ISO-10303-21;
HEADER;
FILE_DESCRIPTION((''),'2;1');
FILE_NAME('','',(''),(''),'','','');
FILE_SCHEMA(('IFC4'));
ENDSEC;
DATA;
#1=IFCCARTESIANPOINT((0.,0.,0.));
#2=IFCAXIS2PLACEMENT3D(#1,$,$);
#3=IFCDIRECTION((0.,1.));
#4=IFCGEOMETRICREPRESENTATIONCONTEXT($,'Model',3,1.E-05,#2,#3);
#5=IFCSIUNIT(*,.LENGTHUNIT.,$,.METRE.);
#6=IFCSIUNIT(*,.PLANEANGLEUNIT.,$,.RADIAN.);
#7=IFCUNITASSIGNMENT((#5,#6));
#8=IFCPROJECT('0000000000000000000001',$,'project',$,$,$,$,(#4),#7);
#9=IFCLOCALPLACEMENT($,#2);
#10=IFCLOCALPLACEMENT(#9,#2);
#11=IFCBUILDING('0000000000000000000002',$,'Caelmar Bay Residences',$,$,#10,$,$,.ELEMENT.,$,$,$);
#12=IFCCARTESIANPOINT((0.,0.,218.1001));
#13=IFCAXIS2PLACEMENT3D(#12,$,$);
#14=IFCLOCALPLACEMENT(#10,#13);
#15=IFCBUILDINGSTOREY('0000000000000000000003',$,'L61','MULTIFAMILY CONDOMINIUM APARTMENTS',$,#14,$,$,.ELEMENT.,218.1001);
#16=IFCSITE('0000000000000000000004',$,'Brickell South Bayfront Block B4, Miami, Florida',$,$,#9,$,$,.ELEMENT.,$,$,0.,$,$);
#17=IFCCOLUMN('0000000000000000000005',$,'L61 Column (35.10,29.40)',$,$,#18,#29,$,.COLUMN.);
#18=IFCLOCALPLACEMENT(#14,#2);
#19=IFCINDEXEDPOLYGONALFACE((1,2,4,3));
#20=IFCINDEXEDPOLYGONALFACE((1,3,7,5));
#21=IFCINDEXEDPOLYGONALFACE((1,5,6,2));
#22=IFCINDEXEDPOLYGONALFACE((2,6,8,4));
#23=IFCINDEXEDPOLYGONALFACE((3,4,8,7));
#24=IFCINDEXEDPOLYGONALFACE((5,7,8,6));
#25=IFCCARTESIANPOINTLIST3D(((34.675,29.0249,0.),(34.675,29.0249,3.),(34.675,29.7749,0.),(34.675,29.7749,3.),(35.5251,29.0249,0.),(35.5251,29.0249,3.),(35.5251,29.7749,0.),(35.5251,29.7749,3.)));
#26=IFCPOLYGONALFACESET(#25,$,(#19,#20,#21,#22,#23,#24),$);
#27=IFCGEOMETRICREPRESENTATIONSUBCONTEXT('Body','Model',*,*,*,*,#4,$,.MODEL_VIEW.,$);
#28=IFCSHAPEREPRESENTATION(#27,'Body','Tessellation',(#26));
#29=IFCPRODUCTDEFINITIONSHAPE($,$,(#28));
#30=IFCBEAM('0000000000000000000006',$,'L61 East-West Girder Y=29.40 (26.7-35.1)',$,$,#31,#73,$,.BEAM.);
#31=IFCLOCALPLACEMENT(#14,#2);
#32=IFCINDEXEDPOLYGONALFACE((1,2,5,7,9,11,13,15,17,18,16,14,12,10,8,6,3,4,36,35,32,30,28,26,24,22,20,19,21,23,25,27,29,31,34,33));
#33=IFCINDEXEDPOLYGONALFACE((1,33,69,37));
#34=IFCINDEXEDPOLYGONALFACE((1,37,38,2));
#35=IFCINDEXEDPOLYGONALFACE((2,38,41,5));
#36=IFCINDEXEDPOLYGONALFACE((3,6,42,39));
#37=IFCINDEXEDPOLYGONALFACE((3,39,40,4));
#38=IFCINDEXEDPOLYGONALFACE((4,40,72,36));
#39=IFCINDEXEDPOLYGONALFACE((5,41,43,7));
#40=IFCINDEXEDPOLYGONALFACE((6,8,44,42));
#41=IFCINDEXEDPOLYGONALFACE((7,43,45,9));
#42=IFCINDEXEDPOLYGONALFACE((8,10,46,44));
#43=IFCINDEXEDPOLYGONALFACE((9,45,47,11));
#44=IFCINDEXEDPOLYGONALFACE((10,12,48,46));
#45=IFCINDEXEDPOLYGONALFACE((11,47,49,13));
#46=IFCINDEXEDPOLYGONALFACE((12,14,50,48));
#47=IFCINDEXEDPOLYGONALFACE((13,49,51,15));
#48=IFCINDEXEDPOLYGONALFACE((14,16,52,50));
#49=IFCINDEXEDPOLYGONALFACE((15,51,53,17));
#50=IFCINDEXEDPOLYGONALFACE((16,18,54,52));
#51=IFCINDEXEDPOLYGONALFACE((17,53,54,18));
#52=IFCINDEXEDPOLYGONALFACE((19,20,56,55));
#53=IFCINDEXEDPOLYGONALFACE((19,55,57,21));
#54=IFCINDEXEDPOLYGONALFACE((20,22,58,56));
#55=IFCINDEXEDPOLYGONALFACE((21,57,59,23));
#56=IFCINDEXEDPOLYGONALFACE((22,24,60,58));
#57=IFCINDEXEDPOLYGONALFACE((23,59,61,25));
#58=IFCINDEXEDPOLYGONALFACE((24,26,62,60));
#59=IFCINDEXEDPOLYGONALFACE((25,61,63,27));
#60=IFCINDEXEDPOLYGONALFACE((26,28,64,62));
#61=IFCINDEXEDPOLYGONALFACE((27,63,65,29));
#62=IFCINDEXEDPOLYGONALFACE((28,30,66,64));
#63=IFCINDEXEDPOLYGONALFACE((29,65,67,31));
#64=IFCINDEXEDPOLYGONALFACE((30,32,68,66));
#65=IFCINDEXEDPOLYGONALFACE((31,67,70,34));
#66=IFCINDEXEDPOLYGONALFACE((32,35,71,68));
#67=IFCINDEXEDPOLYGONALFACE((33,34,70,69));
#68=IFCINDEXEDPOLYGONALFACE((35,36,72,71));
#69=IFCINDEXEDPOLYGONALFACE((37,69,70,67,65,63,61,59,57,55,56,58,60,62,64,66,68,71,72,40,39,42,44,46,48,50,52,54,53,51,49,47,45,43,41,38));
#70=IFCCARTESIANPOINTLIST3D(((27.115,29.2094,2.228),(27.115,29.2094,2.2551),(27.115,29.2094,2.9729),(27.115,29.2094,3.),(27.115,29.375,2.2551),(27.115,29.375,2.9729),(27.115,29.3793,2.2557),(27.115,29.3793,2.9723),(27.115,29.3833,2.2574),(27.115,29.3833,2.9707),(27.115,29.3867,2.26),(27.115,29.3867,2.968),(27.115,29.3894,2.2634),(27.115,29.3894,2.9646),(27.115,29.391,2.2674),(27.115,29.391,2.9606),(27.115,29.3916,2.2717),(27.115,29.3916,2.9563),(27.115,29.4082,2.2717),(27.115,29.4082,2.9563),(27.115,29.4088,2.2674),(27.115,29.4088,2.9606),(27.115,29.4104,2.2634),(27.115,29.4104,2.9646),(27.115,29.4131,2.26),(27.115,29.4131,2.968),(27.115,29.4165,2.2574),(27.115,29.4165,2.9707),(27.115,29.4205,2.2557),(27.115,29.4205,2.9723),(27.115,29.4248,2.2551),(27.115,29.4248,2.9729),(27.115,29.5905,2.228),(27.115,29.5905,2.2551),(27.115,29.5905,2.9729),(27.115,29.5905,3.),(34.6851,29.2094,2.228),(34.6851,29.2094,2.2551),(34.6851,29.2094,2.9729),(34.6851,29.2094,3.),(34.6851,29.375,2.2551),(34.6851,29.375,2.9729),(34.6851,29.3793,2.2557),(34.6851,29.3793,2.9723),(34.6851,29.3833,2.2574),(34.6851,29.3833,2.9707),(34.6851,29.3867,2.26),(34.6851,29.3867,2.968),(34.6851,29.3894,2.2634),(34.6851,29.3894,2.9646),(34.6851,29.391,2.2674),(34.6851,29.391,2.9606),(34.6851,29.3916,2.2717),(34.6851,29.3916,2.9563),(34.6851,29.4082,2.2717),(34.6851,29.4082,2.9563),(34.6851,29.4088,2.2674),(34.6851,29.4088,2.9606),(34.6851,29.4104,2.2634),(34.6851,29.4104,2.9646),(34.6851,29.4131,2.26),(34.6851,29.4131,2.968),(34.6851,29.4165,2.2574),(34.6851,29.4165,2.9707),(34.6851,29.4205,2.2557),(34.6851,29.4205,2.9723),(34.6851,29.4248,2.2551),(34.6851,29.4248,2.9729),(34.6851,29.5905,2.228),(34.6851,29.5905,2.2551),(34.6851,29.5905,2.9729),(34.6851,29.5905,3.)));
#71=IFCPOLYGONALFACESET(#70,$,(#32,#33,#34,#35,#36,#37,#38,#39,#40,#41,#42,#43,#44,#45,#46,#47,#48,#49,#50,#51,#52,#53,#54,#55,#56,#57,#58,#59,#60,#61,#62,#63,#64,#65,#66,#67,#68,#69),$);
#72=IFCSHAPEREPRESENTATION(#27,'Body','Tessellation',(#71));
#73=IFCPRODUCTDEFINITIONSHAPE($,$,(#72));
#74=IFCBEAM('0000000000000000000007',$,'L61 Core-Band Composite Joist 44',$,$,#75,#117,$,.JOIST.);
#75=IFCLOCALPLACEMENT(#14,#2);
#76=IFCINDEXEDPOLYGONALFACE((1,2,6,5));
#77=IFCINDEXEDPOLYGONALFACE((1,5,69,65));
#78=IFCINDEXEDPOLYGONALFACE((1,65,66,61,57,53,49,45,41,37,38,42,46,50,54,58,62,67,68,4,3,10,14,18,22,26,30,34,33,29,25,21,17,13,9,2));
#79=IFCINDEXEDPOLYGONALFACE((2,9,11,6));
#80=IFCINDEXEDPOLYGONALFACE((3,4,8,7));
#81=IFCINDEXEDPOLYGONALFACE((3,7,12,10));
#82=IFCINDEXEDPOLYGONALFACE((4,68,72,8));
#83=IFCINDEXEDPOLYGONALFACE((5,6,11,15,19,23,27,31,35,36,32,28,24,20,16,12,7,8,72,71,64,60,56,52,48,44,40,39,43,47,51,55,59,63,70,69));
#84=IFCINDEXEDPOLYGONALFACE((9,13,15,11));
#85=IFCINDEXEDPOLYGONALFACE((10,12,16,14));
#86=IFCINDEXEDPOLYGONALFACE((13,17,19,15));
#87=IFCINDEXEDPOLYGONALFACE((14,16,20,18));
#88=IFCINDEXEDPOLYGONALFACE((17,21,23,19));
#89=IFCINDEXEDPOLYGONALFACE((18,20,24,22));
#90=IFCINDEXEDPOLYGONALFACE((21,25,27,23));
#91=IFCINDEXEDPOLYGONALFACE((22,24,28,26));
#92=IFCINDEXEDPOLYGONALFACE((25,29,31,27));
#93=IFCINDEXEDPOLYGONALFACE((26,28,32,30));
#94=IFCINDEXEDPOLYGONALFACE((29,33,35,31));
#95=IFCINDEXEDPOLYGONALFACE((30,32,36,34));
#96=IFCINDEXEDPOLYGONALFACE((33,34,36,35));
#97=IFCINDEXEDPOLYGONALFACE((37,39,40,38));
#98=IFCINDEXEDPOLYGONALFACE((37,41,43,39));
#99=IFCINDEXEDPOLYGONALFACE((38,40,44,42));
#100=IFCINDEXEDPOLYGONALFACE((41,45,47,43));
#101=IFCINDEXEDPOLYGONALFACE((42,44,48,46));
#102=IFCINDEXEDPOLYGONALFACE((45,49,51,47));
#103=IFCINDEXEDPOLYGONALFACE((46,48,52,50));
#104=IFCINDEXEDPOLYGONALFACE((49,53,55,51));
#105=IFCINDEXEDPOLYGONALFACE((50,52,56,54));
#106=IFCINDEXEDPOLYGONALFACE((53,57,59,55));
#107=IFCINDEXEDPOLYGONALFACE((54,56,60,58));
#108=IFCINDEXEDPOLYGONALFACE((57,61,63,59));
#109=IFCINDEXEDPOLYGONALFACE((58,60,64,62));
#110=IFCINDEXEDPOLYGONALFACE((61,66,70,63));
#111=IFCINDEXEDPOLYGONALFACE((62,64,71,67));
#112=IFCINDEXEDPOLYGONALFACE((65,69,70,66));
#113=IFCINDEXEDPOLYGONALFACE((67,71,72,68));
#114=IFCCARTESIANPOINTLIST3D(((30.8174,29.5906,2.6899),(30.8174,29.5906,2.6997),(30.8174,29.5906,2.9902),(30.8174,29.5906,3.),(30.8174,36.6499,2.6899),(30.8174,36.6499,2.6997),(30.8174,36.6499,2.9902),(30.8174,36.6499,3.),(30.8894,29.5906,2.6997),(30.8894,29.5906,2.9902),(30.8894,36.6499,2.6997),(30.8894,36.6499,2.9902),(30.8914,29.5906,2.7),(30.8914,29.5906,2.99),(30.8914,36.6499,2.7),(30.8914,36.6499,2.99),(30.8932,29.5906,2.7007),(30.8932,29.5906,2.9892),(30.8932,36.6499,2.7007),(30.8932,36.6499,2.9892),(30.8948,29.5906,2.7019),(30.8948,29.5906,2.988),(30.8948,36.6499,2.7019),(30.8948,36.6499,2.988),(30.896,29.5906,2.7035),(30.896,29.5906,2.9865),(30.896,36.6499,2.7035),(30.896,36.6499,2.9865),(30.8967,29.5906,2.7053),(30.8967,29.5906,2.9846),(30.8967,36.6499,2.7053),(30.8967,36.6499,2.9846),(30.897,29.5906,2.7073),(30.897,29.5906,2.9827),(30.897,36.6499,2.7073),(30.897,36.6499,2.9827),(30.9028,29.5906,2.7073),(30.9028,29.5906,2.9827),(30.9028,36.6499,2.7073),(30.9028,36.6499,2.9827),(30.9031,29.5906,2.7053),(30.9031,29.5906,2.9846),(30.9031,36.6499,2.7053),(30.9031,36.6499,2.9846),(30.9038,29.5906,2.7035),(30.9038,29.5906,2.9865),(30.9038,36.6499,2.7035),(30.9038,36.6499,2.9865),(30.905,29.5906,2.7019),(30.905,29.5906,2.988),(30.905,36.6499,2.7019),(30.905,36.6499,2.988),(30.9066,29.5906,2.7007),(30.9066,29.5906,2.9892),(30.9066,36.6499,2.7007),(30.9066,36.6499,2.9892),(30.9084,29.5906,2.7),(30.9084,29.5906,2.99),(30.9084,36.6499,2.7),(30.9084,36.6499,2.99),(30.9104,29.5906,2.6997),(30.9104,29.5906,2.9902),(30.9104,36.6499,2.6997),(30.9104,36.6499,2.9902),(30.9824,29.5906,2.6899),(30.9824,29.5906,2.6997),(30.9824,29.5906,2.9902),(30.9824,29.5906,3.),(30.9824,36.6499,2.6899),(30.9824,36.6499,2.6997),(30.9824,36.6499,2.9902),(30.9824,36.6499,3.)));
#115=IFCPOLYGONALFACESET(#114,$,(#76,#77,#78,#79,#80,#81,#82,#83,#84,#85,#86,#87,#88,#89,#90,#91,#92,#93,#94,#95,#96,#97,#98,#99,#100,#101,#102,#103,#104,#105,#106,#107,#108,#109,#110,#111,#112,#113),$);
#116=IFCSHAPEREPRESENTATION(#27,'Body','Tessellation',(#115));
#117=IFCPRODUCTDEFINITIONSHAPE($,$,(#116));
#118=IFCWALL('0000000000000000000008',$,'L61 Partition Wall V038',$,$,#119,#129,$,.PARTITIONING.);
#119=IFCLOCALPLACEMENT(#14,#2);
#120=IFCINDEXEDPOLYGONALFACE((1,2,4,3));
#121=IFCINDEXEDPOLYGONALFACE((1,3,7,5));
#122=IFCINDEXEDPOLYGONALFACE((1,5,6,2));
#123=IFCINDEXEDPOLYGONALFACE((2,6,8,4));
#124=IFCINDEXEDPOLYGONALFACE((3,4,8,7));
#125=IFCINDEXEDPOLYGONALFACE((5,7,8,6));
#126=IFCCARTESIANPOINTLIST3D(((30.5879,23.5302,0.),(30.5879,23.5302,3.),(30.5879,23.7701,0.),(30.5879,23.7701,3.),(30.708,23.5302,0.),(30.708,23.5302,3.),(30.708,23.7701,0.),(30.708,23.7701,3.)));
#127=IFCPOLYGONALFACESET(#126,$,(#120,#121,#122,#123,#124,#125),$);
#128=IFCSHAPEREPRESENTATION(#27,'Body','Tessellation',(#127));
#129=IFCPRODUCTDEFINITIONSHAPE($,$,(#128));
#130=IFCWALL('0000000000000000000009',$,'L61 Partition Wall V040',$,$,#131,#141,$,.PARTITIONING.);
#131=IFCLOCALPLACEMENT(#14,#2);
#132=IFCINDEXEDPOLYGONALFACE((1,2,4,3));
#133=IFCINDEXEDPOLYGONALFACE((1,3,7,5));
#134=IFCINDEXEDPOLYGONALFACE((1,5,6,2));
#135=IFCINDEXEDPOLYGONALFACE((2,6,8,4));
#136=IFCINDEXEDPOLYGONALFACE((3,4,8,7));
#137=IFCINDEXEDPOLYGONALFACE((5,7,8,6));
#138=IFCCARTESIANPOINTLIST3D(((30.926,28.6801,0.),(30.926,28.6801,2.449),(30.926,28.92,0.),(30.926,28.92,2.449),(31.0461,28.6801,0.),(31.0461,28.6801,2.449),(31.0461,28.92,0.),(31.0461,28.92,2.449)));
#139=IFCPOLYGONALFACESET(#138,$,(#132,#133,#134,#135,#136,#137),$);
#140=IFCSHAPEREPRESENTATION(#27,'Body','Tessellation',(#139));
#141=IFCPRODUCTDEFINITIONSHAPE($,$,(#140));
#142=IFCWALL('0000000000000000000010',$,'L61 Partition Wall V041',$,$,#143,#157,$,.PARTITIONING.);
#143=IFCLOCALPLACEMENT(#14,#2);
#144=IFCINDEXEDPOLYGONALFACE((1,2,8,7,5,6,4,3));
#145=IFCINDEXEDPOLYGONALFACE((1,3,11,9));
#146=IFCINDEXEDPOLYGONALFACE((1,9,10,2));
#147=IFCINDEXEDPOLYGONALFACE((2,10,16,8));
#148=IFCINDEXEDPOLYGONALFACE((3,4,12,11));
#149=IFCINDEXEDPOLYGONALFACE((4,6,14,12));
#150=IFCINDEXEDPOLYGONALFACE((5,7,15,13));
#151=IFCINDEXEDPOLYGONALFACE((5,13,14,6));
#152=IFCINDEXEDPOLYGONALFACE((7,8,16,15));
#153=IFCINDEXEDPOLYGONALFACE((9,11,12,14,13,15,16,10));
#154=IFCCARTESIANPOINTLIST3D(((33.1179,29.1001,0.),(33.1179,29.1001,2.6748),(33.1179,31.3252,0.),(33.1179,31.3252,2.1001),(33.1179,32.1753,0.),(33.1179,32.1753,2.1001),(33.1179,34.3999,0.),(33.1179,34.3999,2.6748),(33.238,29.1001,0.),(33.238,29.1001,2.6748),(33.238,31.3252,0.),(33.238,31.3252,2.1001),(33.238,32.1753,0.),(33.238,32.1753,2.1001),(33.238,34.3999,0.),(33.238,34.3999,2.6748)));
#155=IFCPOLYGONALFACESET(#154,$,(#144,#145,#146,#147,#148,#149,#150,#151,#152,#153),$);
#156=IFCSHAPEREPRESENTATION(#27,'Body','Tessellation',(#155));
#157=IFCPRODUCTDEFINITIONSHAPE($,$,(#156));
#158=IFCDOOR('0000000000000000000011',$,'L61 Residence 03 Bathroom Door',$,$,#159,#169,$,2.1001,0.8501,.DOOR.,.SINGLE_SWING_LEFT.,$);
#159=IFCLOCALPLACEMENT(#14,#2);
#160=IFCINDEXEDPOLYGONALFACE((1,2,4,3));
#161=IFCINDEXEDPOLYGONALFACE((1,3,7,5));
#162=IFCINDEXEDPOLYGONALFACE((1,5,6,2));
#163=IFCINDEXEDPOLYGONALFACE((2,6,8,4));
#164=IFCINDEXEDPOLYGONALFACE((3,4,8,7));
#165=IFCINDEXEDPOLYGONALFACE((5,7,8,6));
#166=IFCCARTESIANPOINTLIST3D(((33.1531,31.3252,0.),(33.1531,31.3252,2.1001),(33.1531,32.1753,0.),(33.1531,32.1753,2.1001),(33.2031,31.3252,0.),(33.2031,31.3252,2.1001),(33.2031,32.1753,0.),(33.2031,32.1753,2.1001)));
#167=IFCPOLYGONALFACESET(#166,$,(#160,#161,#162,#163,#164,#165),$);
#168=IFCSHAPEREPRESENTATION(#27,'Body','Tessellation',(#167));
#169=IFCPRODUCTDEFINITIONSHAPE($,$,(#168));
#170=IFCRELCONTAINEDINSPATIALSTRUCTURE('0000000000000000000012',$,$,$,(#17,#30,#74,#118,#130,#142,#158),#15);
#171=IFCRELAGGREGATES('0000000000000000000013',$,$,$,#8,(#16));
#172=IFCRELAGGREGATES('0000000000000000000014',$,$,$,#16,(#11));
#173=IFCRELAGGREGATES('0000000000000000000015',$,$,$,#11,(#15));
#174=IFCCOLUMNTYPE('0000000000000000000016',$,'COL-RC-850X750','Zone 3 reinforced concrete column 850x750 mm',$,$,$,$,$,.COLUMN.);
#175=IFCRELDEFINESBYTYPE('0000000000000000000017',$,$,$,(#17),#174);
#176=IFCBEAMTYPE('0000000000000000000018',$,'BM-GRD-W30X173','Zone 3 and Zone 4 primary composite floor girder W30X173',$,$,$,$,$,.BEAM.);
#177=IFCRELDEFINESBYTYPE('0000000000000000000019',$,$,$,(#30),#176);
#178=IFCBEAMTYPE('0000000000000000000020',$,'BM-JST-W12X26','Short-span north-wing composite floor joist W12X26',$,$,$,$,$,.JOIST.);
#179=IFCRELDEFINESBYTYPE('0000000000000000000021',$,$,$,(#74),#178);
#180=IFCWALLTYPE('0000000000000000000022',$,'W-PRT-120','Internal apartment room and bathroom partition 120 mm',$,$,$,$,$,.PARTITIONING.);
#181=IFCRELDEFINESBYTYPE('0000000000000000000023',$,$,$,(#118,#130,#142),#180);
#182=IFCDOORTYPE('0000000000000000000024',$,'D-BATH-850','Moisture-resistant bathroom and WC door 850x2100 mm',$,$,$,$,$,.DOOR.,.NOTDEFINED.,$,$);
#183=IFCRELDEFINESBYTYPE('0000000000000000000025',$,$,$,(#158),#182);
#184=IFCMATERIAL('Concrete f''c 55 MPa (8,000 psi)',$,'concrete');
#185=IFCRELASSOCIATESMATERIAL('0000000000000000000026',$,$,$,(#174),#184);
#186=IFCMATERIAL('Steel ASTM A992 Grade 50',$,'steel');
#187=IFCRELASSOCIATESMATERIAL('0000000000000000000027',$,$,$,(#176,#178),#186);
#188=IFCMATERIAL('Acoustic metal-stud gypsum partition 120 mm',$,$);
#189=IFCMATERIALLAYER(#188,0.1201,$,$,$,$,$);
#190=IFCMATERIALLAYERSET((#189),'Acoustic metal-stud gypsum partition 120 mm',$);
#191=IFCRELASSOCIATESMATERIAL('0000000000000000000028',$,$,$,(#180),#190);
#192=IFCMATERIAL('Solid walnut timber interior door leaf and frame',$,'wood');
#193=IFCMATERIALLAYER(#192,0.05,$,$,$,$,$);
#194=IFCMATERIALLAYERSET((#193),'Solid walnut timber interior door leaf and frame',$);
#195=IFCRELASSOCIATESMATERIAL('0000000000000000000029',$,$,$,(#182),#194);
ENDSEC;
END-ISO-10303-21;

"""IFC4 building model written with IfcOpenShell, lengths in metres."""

from ifc_helpers import new_model, si_unit, direction, frame, frame_2d, origin, origin_2d, place, context, subcontext, project, spatial, rectangle, i_section, extrude, material, layer, layer_set, material_profile, profile_set, type_object, element, fill, save


model = new_model("IFC4")

# Units and contexts
model_context = context("Model", 3, precision=1e-05, world=origin(), true_north=direction((0.0, 1.0)))
body_context = subcontext(model_context, "Body", "Model", "MODEL_VIEW")
ifc_project = project(units=[si_unit("LENGTHUNIT", "METRE"), si_unit("PLANEANGLEUNIT", "RADIAN")], contexts=[model_context])

# Site, building, storey
site_placement = place(None, origin())
site = spatial("IfcSite", under=ifc_project, at=site_placement, Name="Brickell South Bayfront Block B4, Miami, Florida", CompositionType="ELEMENT", RefElevation=0.0)
building_placement = place(site_placement, origin())
building = spatial("IfcBuilding", under=site, at=building_placement, Name="Caelmar Bay Residences", CompositionType="ELEMENT")
storey_placement = place(building_placement, frame((0.0, 0.0, 218.1001)))
storey = spatial("IfcBuildingStorey", under=building, at=storey_placement, Name="L61", Description="MULTIFAMILY CONDOMINIUM APARTMENTS", CompositionType="ELEMENT", Elevation=218.1001)

# Column
ifc_material_1 = material(Name="Concrete f'c 55 MPa (8,000 psi)", Category="concrete")
ifc_material_profile_1 = material_profile(ifc_material_1, rectangle(XDim=0.8501, YDim=0.75, at=origin_2d()), Name="RC-COL-850X750")
ifc_profile_set_1 = profile_set([ifc_material_profile_1], Name="Concrete f'c 55 MPa (8,000 psi)")
column_type = type_object("IfcColumnType", Name="COL-RC-850X750", Description="Zone 3 reinforced concrete column 850x750 mm", PredefinedType="COLUMN", material=ifc_profile_set_1)
column_placement = place(storey_placement, frame((35.1001, 29.3999, 0.0), z_axis=(0.0, 0.0, 1.0), x_axis=(1.0, 0.0, 0.0)))
element("IfcColumn", 1, at=column_placement, inside=storey, type_object=column_type, Name="L61 Column (35.10,29.40)", PredefinedType="COLUMN", context=body_context, shape_type="SweptSolid", body=[
    extrude(rectangle(XDim=0.8501, YDim=0.75, at=origin_2d()), origin(), (0.0, 0.0, 1.0), 3.0),
])

# Beams
ifc_material_2 = material(Name="Steel ASTM A992 Grade 50", Category="steel")
ifc_material_profile_2 = material_profile(ifc_material_2, i_section(OverallWidth=0.3811, OverallDepth=0.772, WebThickness=0.0166, FlangeThickness=0.0271, FilletRadius=0.0166, at=origin_2d()), Name="W30X173")
ifc_profile_set_2 = profile_set([ifc_material_profile_2], Name="Steel ASTM A992 Grade 50")
beam_type_1 = type_object("IfcBeamType", Name="BM-GRD-W30X173", Description="Zone 3 and Zone 4 primary composite floor girder W30X173", PredefinedType="BEAM", material=ifc_profile_set_2)
beam_1_placement = place(storey_placement, frame((27.115, 29.3999, 2.614), z_axis=(1.0, 0.0, 0.0), x_axis=(0.0, 1.0, 0.0)))
element("IfcBeam", 2, at=beam_1_placement, inside=storey, type_object=beam_type_1, Name="L61 East-West Girder Y=29.40 (26.7-35.1)", PredefinedType="BEAM", context=body_context, shape_type="SweptSolid", body=[
    extrude(i_section(OverallWidth=0.3811, OverallDepth=0.772, WebThickness=0.0166, FlangeThickness=0.0271, FilletRadius=0.0166, at=origin_2d()), origin(), (0.0, 0.0, 1.0), 7.5701),
])
ifc_material_profile_3 = material_profile(ifc_material_2, i_section(OverallWidth=0.165, OverallDepth=0.3101, WebThickness=0.0059, FlangeThickness=0.0098, FilletRadius=0.0076, at=origin_2d()), Name="W12X26")
ifc_profile_set_3 = profile_set([ifc_material_profile_3], Name="Steel ASTM A992 Grade 50")
beam_type_2 = type_object("IfcBeamType", Name="BM-JST-W12X26", Description="Short-span north-wing composite floor joist W12X26", PredefinedType="JOIST", material=ifc_profile_set_3)
beam_2_placement = place(storey_placement, frame((30.8999, 29.5906, 2.845), z_axis=(0.0, 1.0, 0.0), x_axis=(-1.0, 0.0, 0.0)))
element("IfcBeam", 3, at=beam_2_placement, inside=storey, type_object=beam_type_2, Name="L61 Core-Band Composite Joist 44", PredefinedType="JOIST", context=body_context, shape_type="SweptSolid", body=[
    extrude(i_section(OverallWidth=0.165, OverallDepth=0.3101, WebThickness=0.0059, FlangeThickness=0.0098, FilletRadius=0.0076, at=origin_2d()), origin(), (0.0, 0.0, 1.0), 7.0593),
])

# Wall
ifc_material_3 = material(Name="Acoustic metal-stud gypsum partition 120 mm")
ifc_layer_1 = layer(ifc_material_3, 0.1201)
ifc_layer_set_1 = layer_set([ifc_layer_1], Name="Acoustic metal-stud gypsum partition 120 mm")
wall_type_1 = type_object("IfcWallType", Name="W-PRT-120", Description="Internal apartment room and bathroom partition 120 mm", PredefinedType="PARTITIONING", material=ifc_layer_set_1)
wall_1_placement = place(storey_placement, frame((30.6479, 23.53, 0.0), z_axis=(0.0, 0.0, 1.0), x_axis=(0.0, 1.0, 0.0)))
element("IfcWall", 4, at=wall_1_placement, inside=storey, type_object=wall_type_1, Name="L61 Partition Wall V038", PredefinedType="PARTITIONING", context=body_context, shape_type="SweptSolid", body=[
    extrude(rectangle(XDim=0.24, YDim=0.1201, at=frame_2d((0.1201, 0.0))), origin(), (0.0, 0.0, 1.0), 3.0),
])

# Shared definitions
ifc_material_4 = material(Name="Solid walnut timber interior door leaf and frame", Category="wood")

# Wall
wall_2_placement = place(storey_placement, frame((30.9861, 28.6799, 0.0), z_axis=(0.0, 0.0, 1.0), x_axis=(0.0, 1.0, 0.0)))
element("IfcWall", 5, at=wall_2_placement, inside=storey, type_object=wall_type_1, Name="L61 Partition Wall V040", PredefinedType="PARTITIONING", context=body_context, shape_type="SweptSolid", body=[
    extrude(rectangle(XDim=0.24, YDim=0.1201, at=frame_2d((0.1201, 0.0))), origin(), (0.0, 0.0, 1.0), 2.449),
])

# Wall, opening, door
wall_3_placement = place(storey_placement, frame((33.178, 29.1001, 0.0), z_axis=(0.0, 0.0, 1.0), x_axis=(0.0, 1.0, 0.0)))
wall_3 = element("IfcWall", 6, at=wall_3_placement, inside=storey, type_object=wall_type_1, Name="L61 Partition Wall V041", PredefinedType="PARTITIONING", context=body_context, shape_type="SweptSolid", body=[
    extrude(rectangle(XDim=5.2998, YDim=0.1201, at=frame_2d((2.6499, 0.0))), origin(), (0.0, 0.0, 1.0), 2.6748),
])
opening_1_placement = place(wall_3_placement, frame((2.2251, 0.0, 0.0)))
opening_1 = element("IfcOpeningElement", 7, at=opening_1_placement, cuts=wall_3, PredefinedType="OPENING", context=body_context, shape_type="SweptSolid", body=[
    extrude(rectangle(XDim=0.8501, YDim=2.1001, at=frame_2d((0.425, 1.05))), frame((0.0, 0.0701, 0.0), z_axis=(0.0, -1.0, 0.0), x_axis=(1.0, 0.0, 0.0)), (0.0, 0.0, 1.0), 0.1401),
])
ifc_layer_2 = layer(ifc_material_4, 0.05)
ifc_layer_set_2 = layer_set([ifc_layer_2], Name="Solid walnut timber interior door leaf and frame")
door_type_1 = type_object("IfcDoorType", Name="D-BATH-850", Description="Moisture-resistant bathroom and WC door 850x2100 mm", OperationType="NOTDEFINED", PredefinedType="DOOR", material=ifc_layer_set_2)
door_1_placement = place(opening_1_placement, origin())
door_1 = element("IfcDoor", 8, at=door_1_placement, inside=storey, type_object=door_type_1, Name="L61 Residence 03 Bathroom Door", OperationType="SINGLE_SWING_LEFT", OverallHeight=2.1001, OverallWidth=0.8501, PredefinedType="DOOR", context=body_context, shape_type="SweptSolid", body=[
    extrude(rectangle(XDim=0.8501, YDim=2.1001, at=frame_2d((0.425, 1.05))), frame((0.0, 0.0249, 0.0), z_axis=(0.0, -1.0, 0.0), x_axis=(1.0, 0.0, 0.0)), (0.0, 0.0, 1.0), 0.05),
])
fill(opening_1, door_1)

save(model, "model.ifc")
